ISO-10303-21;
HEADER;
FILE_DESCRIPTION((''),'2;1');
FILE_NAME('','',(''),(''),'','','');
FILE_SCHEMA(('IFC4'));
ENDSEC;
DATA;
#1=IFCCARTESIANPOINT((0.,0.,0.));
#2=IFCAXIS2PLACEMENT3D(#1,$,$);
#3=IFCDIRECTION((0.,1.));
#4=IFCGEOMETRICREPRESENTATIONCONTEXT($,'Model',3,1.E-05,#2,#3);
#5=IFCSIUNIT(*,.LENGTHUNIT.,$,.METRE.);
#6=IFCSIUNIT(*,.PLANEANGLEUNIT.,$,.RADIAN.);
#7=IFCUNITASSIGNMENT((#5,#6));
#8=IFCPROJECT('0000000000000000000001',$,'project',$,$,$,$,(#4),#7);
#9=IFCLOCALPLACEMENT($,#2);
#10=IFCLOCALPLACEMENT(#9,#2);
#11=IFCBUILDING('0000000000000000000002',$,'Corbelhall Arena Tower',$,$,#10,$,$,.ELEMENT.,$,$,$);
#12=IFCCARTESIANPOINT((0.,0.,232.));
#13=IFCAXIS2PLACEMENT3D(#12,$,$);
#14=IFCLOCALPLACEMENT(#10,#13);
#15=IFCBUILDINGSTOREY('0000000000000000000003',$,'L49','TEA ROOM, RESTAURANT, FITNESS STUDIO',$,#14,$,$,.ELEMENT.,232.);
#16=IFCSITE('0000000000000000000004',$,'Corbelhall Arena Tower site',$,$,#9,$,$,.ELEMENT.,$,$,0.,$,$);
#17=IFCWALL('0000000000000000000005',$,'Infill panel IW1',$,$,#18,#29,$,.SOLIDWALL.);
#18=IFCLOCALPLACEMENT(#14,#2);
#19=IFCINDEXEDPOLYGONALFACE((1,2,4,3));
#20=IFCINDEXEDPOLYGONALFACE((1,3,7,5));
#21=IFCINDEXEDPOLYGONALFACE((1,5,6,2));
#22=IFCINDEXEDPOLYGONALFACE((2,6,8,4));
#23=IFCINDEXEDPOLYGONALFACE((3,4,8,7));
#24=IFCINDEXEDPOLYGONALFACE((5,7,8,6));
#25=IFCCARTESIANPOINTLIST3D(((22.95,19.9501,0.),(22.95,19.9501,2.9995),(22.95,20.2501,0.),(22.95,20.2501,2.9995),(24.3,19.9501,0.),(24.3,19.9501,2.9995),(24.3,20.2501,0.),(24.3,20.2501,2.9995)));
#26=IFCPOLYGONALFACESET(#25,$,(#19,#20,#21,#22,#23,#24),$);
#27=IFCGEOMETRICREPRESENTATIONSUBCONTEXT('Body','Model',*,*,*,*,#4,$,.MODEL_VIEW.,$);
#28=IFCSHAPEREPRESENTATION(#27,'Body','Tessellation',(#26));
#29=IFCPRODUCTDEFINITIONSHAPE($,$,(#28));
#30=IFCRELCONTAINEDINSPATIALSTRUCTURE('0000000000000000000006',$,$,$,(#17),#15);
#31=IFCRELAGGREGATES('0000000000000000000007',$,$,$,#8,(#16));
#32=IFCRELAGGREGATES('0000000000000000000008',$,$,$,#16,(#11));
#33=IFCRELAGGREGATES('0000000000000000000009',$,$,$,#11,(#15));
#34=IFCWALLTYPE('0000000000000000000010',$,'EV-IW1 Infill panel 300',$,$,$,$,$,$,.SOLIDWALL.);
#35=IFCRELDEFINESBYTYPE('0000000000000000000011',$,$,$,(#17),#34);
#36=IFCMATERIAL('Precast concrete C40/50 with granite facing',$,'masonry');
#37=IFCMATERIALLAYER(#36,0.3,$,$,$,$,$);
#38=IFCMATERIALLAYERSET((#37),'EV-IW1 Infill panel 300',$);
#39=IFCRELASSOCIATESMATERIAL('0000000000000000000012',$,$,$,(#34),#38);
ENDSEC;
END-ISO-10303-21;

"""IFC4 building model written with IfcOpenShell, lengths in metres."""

from ifc_helpers import new_model, si_unit, direction, frame, frame_2d, origin, place, context, subcontext, project, spatial, rectangle, extrude, material, layer, layer_set, type_object, element, save


model = new_model("IFC4")

# Units and contexts
model_context = context("Model", 3, precision=1e-05, world=origin(), true_north=direction((0.0, 1.0)))
body_context = subcontext(model_context, "Body", "Model", "MODEL_VIEW")
ifc_project = project(units=[si_unit("LENGTHUNIT", "METRE"), si_unit("PLANEANGLEUNIT", "RADIAN")], contexts=[model_context])

# Site, building, storey
site_placement = place(None, origin())
site = spatial("IfcSite", under=ifc_project, at=site_placement, Name="Corbelhall Arena Tower site", CompositionType="ELEMENT", RefElevation=0.0)
building_placement = place(site_placement, origin())
building = spatial("IfcBuilding", under=site, at=building_placement, Name="Corbelhall Arena Tower", CompositionType="ELEMENT")
storey_placement = place(building_placement, frame((0.0, 0.0, 232.0)))
storey = spatial("IfcBuildingStorey", under=building, at=storey_placement, Name="L49", Description="TEA ROOM, RESTAURANT, FITNESS STUDIO", CompositionType="ELEMENT", Elevation=232.0)

# Wall
ifc_material_1 = material(Name="Precast concrete C40/50 with granite facing", Category="masonry")
ifc_layer = layer(ifc_material_1, 0.3)
ifc_layer_set = layer_set([ifc_layer], Name="EV-IW1 Infill panel 300")
wall_type = type_object("IfcWallType", Name="EV-IW1 Infill panel 300", PredefinedType="SOLIDWALL", material=ifc_layer_set)
wall_1_placement = place(storey_placement, frame((24.3, 20.1001, 0.0), z_axis=(0.0, 0.0, 1.0), x_axis=(-1.0, 0.0, 0.0)))
element("IfcWall", 1, at=wall_1_placement, inside=storey, type_object=wall_type, Name="Infill panel IW1", PredefinedType="SOLIDWALL", context=body_context, shape_type="SweptSolid", body=[
    extrude(rectangle(XDim=1.3501, YDim=0.3, at=frame_2d((0.675, 0.0))), origin(), (0.0, 0.0, 1.0), 2.9995),
])

save(model, "model.ifc")
